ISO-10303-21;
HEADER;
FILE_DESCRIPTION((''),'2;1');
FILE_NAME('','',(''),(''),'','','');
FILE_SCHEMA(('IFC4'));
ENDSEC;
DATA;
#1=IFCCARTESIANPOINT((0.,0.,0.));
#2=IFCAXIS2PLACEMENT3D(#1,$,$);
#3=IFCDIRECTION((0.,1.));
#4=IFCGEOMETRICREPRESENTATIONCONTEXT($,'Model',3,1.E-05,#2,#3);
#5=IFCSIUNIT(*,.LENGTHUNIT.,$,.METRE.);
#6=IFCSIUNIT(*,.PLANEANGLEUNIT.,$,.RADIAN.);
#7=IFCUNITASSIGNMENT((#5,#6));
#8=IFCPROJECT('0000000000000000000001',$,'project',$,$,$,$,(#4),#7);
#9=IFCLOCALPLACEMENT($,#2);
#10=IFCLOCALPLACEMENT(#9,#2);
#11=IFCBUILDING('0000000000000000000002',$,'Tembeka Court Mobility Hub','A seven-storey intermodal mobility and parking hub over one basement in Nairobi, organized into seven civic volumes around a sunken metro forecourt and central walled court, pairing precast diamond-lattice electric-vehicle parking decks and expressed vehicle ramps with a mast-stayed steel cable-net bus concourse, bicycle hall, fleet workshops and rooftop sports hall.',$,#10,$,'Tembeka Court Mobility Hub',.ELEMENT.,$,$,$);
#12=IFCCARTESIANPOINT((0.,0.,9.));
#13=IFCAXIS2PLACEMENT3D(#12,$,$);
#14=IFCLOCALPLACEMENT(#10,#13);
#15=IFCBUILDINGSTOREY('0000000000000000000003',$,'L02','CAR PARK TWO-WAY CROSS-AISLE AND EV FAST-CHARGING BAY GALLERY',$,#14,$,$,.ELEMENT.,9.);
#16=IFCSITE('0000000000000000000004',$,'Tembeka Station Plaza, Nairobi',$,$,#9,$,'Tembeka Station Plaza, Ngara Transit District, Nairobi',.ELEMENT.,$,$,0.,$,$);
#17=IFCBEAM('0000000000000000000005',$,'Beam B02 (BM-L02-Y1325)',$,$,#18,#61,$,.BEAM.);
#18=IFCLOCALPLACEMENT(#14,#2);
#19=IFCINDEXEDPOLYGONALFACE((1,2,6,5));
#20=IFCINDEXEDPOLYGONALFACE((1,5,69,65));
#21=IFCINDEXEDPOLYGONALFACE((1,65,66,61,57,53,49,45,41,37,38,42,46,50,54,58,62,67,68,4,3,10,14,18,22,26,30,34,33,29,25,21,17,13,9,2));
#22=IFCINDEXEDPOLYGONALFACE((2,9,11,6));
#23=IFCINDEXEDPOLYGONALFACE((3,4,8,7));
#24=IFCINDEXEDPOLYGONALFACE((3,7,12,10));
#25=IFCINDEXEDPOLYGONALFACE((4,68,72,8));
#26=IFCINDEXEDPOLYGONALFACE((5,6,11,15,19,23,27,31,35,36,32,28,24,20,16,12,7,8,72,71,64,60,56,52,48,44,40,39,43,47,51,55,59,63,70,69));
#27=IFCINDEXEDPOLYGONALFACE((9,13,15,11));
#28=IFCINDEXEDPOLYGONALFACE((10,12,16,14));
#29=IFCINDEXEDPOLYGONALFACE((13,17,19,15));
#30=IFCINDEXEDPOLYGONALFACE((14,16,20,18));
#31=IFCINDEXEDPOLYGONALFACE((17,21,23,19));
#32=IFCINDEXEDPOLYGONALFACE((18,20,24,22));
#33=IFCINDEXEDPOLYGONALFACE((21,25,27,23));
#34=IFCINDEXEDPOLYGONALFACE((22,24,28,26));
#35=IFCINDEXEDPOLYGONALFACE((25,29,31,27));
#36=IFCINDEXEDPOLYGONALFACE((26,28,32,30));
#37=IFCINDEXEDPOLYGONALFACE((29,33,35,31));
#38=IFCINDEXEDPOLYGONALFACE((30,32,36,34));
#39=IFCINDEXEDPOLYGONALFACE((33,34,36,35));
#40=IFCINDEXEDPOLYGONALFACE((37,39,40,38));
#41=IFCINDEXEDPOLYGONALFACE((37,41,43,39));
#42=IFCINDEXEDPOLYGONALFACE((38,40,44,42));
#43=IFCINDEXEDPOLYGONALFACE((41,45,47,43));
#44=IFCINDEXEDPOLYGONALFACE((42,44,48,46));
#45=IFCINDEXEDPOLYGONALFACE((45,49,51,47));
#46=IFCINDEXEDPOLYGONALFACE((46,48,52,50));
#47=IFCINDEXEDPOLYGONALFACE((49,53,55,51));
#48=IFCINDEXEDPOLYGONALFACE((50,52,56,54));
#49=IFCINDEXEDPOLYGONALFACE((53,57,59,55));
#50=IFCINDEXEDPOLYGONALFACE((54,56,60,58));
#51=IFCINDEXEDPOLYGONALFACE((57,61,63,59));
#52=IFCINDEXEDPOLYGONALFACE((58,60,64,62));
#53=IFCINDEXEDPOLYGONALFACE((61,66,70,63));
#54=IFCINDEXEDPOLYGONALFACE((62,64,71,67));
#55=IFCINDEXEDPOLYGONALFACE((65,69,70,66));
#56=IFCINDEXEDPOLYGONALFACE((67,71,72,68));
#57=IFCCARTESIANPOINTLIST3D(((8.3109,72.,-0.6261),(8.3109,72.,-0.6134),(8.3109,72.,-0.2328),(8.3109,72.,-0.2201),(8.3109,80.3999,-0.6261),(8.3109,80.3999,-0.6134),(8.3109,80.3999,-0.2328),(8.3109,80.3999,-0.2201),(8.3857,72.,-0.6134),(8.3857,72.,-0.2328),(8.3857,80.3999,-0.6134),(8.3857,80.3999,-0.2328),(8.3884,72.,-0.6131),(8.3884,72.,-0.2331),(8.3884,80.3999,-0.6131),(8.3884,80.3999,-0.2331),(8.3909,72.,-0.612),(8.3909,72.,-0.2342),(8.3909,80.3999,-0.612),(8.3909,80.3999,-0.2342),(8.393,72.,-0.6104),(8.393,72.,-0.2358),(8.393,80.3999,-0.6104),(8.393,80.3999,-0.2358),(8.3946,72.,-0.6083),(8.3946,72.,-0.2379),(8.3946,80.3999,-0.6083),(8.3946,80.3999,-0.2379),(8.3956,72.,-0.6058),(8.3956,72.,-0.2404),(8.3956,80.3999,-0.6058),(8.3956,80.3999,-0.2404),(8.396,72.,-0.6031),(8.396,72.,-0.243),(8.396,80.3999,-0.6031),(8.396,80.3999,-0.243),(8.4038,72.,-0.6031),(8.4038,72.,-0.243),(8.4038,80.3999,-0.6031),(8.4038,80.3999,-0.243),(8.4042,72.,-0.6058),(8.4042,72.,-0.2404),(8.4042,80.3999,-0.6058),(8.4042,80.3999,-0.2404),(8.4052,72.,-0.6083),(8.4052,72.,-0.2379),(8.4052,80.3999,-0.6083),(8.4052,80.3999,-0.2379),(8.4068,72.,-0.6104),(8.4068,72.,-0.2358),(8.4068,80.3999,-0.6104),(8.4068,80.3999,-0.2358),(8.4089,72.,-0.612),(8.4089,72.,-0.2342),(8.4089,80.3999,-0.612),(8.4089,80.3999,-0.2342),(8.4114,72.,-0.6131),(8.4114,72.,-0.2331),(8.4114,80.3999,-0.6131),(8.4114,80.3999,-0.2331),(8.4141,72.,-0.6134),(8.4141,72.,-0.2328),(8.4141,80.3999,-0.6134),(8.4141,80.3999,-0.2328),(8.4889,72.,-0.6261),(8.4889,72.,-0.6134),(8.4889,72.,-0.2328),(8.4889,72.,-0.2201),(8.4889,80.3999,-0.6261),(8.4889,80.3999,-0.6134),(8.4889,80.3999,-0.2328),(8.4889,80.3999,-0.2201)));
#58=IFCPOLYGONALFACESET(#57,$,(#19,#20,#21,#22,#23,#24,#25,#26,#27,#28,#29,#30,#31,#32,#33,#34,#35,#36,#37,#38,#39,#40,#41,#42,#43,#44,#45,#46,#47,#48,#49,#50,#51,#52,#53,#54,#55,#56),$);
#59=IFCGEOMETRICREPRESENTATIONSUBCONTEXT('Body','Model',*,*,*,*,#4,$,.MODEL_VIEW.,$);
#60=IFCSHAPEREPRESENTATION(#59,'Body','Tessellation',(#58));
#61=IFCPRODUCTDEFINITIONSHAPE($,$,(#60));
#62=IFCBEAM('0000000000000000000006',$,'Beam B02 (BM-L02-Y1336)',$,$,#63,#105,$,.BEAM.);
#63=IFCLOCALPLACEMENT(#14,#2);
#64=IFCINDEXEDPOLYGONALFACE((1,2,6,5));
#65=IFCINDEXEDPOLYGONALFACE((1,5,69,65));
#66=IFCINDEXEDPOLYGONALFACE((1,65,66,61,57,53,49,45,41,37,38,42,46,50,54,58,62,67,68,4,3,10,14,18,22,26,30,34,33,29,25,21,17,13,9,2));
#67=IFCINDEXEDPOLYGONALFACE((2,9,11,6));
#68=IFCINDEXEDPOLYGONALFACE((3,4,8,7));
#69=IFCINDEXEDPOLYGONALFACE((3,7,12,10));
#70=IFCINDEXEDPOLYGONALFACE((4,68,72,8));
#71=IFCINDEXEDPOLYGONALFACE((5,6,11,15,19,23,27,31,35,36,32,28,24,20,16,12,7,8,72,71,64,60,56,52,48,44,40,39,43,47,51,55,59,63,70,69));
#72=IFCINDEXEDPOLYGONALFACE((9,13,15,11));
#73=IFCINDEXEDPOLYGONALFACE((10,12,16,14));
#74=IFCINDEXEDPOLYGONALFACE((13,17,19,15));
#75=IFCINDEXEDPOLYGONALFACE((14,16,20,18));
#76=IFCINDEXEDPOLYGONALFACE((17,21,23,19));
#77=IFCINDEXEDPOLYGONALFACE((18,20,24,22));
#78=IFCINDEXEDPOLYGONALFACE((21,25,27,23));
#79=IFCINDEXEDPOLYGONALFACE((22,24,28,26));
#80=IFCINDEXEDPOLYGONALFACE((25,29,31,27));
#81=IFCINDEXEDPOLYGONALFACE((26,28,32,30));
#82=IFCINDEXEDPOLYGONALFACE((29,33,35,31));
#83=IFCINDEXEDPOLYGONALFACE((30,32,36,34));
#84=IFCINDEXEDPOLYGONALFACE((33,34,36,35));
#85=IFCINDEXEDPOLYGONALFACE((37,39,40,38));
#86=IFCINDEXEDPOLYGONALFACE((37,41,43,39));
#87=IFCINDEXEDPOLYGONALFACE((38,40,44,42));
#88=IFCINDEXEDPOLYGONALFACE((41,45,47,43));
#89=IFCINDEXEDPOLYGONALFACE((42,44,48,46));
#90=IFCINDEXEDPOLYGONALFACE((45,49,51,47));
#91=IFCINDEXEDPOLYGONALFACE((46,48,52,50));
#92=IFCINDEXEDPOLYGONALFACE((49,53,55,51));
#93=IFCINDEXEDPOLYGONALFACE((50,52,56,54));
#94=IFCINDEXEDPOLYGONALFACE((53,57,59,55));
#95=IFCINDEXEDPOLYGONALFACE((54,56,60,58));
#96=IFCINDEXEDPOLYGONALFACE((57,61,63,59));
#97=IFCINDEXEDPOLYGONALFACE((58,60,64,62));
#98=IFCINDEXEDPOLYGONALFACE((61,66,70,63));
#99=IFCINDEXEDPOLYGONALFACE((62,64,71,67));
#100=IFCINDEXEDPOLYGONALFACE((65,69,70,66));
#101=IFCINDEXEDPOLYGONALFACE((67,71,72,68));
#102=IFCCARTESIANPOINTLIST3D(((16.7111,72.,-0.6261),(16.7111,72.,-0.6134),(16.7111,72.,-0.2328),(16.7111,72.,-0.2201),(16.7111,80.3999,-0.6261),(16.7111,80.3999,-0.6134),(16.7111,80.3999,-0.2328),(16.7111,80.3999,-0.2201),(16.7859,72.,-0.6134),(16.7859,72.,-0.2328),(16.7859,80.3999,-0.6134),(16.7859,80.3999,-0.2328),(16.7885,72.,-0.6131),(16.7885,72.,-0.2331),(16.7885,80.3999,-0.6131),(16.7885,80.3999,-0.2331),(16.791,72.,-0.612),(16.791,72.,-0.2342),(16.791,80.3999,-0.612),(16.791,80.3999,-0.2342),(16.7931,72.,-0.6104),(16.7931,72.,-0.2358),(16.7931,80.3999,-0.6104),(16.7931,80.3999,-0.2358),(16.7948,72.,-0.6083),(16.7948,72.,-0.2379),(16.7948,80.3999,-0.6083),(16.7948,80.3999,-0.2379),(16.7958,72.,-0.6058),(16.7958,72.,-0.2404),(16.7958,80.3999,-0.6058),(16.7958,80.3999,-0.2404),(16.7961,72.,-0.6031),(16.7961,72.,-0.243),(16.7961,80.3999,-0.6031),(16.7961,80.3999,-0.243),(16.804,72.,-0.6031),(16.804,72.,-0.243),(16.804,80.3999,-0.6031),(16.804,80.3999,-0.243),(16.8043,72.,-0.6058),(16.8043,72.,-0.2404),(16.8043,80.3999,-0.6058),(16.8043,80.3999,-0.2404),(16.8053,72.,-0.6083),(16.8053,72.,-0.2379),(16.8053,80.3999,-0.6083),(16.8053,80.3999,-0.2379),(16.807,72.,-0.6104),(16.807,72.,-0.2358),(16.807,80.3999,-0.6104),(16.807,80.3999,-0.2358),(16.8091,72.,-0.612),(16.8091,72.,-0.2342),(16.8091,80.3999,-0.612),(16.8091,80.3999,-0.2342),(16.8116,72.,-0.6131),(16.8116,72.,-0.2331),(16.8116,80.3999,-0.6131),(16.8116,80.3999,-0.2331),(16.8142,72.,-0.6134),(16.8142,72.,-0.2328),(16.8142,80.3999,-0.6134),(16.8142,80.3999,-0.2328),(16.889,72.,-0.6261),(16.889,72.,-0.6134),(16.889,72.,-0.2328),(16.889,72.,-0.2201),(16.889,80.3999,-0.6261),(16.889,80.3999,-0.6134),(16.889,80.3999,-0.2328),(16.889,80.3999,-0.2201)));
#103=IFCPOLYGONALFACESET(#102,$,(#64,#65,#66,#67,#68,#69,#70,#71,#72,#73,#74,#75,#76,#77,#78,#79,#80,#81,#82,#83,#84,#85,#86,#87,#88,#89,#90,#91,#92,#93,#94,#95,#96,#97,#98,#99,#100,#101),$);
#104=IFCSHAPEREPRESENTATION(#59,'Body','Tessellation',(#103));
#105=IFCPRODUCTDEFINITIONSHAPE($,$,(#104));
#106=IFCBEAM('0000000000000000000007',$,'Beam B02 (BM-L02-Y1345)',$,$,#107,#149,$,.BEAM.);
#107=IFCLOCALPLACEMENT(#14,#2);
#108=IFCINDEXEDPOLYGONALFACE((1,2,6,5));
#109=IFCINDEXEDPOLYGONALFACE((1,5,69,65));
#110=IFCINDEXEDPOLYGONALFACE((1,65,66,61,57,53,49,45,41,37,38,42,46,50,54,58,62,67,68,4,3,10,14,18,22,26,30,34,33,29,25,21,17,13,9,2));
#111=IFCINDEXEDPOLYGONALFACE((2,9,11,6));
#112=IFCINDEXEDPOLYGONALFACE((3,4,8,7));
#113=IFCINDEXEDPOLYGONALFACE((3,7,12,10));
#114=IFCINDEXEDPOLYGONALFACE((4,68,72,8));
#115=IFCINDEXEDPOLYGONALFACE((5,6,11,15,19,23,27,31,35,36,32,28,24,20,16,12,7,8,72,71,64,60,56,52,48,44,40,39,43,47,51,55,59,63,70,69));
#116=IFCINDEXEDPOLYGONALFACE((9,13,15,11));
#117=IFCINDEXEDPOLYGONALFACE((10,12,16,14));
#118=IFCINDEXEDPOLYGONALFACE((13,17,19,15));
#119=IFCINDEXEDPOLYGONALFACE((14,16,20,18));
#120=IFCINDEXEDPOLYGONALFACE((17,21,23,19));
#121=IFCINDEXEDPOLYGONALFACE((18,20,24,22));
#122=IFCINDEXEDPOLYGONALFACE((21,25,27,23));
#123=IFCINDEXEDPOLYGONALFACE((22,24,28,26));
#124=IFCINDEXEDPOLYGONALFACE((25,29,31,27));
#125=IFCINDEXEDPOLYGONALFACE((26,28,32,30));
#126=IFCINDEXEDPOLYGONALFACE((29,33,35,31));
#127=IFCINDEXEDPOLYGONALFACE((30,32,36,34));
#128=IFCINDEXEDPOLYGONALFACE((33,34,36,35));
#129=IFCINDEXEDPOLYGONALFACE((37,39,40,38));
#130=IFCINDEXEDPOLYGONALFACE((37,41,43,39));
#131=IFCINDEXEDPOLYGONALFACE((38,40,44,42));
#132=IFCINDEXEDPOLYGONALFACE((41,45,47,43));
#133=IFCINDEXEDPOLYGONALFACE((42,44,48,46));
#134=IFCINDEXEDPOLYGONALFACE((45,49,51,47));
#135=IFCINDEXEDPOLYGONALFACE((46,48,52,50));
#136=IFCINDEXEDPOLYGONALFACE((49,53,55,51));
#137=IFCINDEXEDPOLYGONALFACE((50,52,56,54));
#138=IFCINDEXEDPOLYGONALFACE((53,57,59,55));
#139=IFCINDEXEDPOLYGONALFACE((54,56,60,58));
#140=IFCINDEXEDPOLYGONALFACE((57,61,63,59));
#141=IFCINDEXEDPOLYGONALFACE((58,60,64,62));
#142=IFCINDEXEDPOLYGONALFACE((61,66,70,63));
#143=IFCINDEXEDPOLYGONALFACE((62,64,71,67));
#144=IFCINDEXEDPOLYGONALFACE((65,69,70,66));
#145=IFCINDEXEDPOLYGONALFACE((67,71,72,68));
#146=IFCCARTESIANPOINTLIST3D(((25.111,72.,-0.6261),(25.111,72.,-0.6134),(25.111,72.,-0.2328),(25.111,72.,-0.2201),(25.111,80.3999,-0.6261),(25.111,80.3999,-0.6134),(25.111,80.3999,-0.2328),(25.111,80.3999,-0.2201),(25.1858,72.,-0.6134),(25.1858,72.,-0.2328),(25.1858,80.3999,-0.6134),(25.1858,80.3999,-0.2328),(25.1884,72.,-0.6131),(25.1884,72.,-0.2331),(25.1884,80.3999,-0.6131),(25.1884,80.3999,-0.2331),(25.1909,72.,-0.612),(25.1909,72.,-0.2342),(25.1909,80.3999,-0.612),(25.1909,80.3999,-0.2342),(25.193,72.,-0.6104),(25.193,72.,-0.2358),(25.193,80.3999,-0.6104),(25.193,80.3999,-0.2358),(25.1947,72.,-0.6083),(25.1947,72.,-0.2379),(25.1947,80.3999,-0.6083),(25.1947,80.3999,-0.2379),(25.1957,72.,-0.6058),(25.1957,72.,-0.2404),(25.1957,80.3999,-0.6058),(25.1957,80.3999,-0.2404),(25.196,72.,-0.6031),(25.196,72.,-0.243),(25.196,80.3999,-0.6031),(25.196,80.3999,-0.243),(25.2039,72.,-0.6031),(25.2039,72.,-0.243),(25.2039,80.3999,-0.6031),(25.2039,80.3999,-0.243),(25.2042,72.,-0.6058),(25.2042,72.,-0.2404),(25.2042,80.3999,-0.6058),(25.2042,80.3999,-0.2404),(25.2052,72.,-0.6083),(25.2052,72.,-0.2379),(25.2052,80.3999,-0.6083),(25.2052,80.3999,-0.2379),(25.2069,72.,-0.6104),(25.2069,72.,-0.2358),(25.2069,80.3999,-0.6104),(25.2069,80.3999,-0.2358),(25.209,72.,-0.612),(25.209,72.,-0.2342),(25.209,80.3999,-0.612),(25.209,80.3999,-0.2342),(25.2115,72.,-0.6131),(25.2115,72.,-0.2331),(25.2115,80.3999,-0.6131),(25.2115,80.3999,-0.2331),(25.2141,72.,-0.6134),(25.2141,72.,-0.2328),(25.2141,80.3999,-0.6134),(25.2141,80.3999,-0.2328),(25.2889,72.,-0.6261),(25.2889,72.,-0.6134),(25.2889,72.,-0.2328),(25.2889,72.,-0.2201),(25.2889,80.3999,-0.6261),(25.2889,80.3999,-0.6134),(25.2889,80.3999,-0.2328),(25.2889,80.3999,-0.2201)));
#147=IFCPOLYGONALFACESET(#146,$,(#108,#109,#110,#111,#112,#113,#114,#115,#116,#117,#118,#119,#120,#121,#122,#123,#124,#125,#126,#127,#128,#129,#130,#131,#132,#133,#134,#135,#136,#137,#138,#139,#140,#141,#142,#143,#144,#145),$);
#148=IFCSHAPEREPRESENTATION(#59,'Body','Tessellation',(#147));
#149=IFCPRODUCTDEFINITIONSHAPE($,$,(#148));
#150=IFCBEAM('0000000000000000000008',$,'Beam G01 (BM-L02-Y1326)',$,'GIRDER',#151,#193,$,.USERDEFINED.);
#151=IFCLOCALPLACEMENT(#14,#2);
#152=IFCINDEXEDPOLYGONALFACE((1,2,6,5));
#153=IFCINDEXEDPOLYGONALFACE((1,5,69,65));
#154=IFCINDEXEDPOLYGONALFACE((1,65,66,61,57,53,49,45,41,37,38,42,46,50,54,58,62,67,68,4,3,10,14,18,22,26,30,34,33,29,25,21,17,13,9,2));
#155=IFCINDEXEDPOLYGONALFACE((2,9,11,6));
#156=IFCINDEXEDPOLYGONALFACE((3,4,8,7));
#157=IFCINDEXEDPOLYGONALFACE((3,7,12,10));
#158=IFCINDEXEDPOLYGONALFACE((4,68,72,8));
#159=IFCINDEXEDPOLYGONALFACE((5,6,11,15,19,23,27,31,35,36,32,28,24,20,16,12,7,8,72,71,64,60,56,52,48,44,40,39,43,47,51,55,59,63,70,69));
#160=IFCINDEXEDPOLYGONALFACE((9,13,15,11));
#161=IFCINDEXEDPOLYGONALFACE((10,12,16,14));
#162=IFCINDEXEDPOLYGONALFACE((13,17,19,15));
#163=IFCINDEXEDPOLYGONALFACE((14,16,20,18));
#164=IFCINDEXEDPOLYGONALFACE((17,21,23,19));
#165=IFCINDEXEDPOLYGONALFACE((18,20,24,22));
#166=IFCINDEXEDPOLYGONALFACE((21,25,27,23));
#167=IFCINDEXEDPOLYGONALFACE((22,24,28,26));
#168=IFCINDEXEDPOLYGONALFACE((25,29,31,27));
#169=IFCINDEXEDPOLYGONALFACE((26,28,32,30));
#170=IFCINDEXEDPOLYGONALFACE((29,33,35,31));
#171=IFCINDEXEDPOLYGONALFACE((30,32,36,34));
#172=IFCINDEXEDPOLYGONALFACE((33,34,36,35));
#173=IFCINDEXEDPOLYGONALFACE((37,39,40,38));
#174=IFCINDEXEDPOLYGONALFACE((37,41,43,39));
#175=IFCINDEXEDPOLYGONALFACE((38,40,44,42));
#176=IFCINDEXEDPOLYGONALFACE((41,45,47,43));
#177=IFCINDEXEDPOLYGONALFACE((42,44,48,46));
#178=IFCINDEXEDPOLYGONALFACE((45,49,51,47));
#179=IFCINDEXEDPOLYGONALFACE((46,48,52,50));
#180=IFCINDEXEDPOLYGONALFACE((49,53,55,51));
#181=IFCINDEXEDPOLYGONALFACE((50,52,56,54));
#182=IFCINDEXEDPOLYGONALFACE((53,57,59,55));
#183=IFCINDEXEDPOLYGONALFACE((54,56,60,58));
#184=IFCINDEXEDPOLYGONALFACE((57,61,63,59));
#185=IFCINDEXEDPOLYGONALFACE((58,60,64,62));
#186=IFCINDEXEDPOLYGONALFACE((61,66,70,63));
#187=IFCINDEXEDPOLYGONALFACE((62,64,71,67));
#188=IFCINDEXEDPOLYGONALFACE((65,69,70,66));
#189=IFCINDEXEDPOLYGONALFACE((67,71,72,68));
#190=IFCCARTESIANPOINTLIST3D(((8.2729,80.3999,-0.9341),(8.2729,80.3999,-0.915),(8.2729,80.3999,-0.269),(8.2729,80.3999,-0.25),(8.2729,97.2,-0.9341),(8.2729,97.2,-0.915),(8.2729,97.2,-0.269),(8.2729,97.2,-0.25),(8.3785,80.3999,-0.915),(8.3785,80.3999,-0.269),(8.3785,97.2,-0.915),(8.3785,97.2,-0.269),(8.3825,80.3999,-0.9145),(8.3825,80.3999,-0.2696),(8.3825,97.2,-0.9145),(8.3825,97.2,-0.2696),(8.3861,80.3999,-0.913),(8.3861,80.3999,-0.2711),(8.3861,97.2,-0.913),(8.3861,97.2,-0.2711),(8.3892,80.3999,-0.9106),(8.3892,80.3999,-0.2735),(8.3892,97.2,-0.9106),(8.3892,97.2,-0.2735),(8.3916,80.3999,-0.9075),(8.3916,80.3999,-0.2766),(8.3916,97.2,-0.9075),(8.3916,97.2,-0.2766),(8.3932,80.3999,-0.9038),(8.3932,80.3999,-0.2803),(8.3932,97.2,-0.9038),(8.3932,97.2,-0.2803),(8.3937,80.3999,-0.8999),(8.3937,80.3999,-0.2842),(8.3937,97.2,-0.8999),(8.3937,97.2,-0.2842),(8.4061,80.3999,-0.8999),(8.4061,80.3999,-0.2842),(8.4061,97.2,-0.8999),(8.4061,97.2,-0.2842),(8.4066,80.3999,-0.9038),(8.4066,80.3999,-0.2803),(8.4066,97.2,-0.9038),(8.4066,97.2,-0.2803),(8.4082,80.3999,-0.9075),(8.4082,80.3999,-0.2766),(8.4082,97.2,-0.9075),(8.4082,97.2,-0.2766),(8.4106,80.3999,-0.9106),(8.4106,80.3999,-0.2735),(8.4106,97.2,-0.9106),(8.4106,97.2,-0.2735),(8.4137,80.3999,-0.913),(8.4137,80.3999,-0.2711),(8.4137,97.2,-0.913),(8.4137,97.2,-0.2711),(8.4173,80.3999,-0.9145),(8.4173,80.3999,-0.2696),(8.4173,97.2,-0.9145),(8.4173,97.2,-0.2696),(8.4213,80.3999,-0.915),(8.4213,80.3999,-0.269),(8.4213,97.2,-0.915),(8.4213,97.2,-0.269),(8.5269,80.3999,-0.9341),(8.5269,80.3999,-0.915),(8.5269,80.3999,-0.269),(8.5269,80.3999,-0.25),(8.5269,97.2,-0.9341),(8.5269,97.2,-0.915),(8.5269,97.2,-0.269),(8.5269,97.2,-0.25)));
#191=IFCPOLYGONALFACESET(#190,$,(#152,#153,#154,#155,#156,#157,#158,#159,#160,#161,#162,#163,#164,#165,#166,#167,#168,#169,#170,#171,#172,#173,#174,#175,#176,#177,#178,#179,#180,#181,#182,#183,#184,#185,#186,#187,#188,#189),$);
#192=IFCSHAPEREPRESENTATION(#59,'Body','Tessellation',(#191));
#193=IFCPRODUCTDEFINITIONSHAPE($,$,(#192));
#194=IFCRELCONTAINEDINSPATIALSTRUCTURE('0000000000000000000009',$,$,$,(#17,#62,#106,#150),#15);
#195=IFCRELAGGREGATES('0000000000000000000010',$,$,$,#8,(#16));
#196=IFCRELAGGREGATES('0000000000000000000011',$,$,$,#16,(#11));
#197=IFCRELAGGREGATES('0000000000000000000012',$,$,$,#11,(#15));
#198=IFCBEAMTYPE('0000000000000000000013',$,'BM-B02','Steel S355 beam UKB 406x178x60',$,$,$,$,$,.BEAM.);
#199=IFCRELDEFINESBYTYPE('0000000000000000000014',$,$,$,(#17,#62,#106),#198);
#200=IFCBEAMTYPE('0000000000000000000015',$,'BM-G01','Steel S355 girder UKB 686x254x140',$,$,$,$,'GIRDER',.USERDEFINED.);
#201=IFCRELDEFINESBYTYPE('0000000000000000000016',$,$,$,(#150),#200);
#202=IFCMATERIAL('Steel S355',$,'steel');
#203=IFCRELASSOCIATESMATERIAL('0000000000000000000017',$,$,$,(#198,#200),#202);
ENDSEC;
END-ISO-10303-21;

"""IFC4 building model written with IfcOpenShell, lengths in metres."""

from ifc_helpers import new_model, si_unit, direction, frame, origin, origin_2d, place, context, subcontext, project, spatial, i_section, extrude, material, material_profile, profile_set, type_object, element, save


model = new_model("IFC4")

# Units and contexts
model_context = context("Model", 3, precision=1e-05, world=origin(), true_north=direction((0.0, 1.0)))
body_context = subcontext(model_context, "Body", "Model", "MODEL_VIEW")
ifc_project = project(units=[si_unit("LENGTHUNIT", "METRE"), si_unit("PLANEANGLEUNIT", "RADIAN")], contexts=[model_context])

# Site, building, storey
site_placement = place(None, origin())
site = spatial("IfcSite", under=ifc_project, at=site_placement, Name="Tembeka Station Plaza, Nairobi", LongName="Tembeka Station Plaza, Ngara Transit District, Nairobi", CompositionType="ELEMENT", RefElevation=0.0)
building_placement = place(site_placement, origin())
building = spatial("IfcBuilding", under=site, at=building_placement, Name="Tembeka Court Mobility Hub", Description="A seven-storey intermodal mobility and parking hub over one basement in Nairobi, organized into seven civic volumes around a sunken metro forecourt and central walled court, pairing precast diamond-lattice electric-vehicle parking decks and expressed vehicle ramps with a mast-stayed steel cable-net bus concourse, bicycle hall, fleet workshops and rooftop sports hall.", LongName="Tembeka Court Mobility Hub", CompositionType="ELEMENT")
storey_placement = place(building_placement, frame((0.0, 0.0, 9.0)))
storey = spatial("IfcBuildingStorey", under=building, at=storey_placement, Name="L02", Description="CAR PARK TWO-WAY CROSS-AISLE AND EV FAST-CHARGING BAY GALLERY", CompositionType="ELEMENT", Elevation=9.0)

# Shared definitions
ifc_material_1 = material(Name="Steel S355", Category="steel")

# Beams
ifc_material_profile_1 = material_profile(ifc_material_1, i_section(OverallWidth=0.178, OverallDepth=0.406, WebThickness=0.0078, FlangeThickness=0.0127, FilletRadius=0.0103, at=origin_2d()), Name="UKB 406x178x60")
ifc_profile_set_1 = profile_set([ifc_material_profile_1], Name="Steel S355")
beam_type_1 = type_object("IfcBeamType", Name="BM-B02", Description="Steel S355 beam UKB 406x178x60", PredefinedType="BEAM", material=ifc_profile_set_1)
for number, where, z_axis, x_axis, name in (
    (1, (8.3999, 72.0, -0.4231), (0.0, 1.0, 0.0), (-1.0, 0.0, 0.0), "Beam B02 (BM-L02-Y1325)"),
    (2, (16.8, 72.0, -0.4231), (0.0, 1.0, 0.0), (-1.0, 0.0, 0.0), "Beam B02 (BM-L02-Y1336)"),
    (3, (25.2, 72.0, -0.4231), (0.0, 1.0, 0.0), (-1.0, 0.0, 0.0), "Beam B02 (BM-L02-Y1345)"),
):
    element("IfcBeam", number, at=place(storey_placement, frame(where, z_axis=z_axis, x_axis=x_axis)), inside=storey, type_object=beam_type_1, Name=name, PredefinedType="BEAM", context=body_context, shape_type="SweptSolid", body=[
        extrude(i_section(OverallWidth=0.178, OverallDepth=0.406, WebThickness=0.0078, FlangeThickness=0.0127, FilletRadius=0.0103, at=origin_2d()), origin(), (0.0, 0.0, 1.0), 8.3999),
    ])
ifc_material_profile_2 = material_profile(ifc_material_1, i_section(OverallWidth=0.2539, OverallDepth=0.6841, WebThickness=0.0125, FlangeThickness=0.019, FilletRadius=0.0151, at=origin_2d()), Name="UKB 686x254x140")
ifc_profile_set_2 = profile_set([ifc_material_profile_2], Name="Steel S355")
beam_type_2 = type_object("IfcBeamType", Name="BM-G01", Description="Steel S355 girder UKB 686x254x140", ElementType="GIRDER", PredefinedType="USERDEFINED", material=ifc_profile_set_2)
for number, where, z_axis, x_axis, name in (
    (4, (8.3999, 80.3999, -0.592), (0.0, 1.0, 0.0), (-1.0, 0.0, 0.0), "Beam G01 (BM-L02-Y1326)"),
):
    element("IfcBeam", number, at=place(storey_placement, frame(where, z_axis=z_axis, x_axis=x_axis)), inside=storey, type_object=beam_type_2, Name=name, ObjectType="GIRDER", PredefinedType="USERDEFINED", context=body_context, shape_type="SweptSolid", body=[
        extrude(i_section(OverallWidth=0.2539, OverallDepth=0.6841, WebThickness=0.0125, FlangeThickness=0.019, FilletRadius=0.0151, at=origin_2d()), origin(), (0.0, 0.0, 1.0), 16.8),
    ])

save(model, "model.ifc")
